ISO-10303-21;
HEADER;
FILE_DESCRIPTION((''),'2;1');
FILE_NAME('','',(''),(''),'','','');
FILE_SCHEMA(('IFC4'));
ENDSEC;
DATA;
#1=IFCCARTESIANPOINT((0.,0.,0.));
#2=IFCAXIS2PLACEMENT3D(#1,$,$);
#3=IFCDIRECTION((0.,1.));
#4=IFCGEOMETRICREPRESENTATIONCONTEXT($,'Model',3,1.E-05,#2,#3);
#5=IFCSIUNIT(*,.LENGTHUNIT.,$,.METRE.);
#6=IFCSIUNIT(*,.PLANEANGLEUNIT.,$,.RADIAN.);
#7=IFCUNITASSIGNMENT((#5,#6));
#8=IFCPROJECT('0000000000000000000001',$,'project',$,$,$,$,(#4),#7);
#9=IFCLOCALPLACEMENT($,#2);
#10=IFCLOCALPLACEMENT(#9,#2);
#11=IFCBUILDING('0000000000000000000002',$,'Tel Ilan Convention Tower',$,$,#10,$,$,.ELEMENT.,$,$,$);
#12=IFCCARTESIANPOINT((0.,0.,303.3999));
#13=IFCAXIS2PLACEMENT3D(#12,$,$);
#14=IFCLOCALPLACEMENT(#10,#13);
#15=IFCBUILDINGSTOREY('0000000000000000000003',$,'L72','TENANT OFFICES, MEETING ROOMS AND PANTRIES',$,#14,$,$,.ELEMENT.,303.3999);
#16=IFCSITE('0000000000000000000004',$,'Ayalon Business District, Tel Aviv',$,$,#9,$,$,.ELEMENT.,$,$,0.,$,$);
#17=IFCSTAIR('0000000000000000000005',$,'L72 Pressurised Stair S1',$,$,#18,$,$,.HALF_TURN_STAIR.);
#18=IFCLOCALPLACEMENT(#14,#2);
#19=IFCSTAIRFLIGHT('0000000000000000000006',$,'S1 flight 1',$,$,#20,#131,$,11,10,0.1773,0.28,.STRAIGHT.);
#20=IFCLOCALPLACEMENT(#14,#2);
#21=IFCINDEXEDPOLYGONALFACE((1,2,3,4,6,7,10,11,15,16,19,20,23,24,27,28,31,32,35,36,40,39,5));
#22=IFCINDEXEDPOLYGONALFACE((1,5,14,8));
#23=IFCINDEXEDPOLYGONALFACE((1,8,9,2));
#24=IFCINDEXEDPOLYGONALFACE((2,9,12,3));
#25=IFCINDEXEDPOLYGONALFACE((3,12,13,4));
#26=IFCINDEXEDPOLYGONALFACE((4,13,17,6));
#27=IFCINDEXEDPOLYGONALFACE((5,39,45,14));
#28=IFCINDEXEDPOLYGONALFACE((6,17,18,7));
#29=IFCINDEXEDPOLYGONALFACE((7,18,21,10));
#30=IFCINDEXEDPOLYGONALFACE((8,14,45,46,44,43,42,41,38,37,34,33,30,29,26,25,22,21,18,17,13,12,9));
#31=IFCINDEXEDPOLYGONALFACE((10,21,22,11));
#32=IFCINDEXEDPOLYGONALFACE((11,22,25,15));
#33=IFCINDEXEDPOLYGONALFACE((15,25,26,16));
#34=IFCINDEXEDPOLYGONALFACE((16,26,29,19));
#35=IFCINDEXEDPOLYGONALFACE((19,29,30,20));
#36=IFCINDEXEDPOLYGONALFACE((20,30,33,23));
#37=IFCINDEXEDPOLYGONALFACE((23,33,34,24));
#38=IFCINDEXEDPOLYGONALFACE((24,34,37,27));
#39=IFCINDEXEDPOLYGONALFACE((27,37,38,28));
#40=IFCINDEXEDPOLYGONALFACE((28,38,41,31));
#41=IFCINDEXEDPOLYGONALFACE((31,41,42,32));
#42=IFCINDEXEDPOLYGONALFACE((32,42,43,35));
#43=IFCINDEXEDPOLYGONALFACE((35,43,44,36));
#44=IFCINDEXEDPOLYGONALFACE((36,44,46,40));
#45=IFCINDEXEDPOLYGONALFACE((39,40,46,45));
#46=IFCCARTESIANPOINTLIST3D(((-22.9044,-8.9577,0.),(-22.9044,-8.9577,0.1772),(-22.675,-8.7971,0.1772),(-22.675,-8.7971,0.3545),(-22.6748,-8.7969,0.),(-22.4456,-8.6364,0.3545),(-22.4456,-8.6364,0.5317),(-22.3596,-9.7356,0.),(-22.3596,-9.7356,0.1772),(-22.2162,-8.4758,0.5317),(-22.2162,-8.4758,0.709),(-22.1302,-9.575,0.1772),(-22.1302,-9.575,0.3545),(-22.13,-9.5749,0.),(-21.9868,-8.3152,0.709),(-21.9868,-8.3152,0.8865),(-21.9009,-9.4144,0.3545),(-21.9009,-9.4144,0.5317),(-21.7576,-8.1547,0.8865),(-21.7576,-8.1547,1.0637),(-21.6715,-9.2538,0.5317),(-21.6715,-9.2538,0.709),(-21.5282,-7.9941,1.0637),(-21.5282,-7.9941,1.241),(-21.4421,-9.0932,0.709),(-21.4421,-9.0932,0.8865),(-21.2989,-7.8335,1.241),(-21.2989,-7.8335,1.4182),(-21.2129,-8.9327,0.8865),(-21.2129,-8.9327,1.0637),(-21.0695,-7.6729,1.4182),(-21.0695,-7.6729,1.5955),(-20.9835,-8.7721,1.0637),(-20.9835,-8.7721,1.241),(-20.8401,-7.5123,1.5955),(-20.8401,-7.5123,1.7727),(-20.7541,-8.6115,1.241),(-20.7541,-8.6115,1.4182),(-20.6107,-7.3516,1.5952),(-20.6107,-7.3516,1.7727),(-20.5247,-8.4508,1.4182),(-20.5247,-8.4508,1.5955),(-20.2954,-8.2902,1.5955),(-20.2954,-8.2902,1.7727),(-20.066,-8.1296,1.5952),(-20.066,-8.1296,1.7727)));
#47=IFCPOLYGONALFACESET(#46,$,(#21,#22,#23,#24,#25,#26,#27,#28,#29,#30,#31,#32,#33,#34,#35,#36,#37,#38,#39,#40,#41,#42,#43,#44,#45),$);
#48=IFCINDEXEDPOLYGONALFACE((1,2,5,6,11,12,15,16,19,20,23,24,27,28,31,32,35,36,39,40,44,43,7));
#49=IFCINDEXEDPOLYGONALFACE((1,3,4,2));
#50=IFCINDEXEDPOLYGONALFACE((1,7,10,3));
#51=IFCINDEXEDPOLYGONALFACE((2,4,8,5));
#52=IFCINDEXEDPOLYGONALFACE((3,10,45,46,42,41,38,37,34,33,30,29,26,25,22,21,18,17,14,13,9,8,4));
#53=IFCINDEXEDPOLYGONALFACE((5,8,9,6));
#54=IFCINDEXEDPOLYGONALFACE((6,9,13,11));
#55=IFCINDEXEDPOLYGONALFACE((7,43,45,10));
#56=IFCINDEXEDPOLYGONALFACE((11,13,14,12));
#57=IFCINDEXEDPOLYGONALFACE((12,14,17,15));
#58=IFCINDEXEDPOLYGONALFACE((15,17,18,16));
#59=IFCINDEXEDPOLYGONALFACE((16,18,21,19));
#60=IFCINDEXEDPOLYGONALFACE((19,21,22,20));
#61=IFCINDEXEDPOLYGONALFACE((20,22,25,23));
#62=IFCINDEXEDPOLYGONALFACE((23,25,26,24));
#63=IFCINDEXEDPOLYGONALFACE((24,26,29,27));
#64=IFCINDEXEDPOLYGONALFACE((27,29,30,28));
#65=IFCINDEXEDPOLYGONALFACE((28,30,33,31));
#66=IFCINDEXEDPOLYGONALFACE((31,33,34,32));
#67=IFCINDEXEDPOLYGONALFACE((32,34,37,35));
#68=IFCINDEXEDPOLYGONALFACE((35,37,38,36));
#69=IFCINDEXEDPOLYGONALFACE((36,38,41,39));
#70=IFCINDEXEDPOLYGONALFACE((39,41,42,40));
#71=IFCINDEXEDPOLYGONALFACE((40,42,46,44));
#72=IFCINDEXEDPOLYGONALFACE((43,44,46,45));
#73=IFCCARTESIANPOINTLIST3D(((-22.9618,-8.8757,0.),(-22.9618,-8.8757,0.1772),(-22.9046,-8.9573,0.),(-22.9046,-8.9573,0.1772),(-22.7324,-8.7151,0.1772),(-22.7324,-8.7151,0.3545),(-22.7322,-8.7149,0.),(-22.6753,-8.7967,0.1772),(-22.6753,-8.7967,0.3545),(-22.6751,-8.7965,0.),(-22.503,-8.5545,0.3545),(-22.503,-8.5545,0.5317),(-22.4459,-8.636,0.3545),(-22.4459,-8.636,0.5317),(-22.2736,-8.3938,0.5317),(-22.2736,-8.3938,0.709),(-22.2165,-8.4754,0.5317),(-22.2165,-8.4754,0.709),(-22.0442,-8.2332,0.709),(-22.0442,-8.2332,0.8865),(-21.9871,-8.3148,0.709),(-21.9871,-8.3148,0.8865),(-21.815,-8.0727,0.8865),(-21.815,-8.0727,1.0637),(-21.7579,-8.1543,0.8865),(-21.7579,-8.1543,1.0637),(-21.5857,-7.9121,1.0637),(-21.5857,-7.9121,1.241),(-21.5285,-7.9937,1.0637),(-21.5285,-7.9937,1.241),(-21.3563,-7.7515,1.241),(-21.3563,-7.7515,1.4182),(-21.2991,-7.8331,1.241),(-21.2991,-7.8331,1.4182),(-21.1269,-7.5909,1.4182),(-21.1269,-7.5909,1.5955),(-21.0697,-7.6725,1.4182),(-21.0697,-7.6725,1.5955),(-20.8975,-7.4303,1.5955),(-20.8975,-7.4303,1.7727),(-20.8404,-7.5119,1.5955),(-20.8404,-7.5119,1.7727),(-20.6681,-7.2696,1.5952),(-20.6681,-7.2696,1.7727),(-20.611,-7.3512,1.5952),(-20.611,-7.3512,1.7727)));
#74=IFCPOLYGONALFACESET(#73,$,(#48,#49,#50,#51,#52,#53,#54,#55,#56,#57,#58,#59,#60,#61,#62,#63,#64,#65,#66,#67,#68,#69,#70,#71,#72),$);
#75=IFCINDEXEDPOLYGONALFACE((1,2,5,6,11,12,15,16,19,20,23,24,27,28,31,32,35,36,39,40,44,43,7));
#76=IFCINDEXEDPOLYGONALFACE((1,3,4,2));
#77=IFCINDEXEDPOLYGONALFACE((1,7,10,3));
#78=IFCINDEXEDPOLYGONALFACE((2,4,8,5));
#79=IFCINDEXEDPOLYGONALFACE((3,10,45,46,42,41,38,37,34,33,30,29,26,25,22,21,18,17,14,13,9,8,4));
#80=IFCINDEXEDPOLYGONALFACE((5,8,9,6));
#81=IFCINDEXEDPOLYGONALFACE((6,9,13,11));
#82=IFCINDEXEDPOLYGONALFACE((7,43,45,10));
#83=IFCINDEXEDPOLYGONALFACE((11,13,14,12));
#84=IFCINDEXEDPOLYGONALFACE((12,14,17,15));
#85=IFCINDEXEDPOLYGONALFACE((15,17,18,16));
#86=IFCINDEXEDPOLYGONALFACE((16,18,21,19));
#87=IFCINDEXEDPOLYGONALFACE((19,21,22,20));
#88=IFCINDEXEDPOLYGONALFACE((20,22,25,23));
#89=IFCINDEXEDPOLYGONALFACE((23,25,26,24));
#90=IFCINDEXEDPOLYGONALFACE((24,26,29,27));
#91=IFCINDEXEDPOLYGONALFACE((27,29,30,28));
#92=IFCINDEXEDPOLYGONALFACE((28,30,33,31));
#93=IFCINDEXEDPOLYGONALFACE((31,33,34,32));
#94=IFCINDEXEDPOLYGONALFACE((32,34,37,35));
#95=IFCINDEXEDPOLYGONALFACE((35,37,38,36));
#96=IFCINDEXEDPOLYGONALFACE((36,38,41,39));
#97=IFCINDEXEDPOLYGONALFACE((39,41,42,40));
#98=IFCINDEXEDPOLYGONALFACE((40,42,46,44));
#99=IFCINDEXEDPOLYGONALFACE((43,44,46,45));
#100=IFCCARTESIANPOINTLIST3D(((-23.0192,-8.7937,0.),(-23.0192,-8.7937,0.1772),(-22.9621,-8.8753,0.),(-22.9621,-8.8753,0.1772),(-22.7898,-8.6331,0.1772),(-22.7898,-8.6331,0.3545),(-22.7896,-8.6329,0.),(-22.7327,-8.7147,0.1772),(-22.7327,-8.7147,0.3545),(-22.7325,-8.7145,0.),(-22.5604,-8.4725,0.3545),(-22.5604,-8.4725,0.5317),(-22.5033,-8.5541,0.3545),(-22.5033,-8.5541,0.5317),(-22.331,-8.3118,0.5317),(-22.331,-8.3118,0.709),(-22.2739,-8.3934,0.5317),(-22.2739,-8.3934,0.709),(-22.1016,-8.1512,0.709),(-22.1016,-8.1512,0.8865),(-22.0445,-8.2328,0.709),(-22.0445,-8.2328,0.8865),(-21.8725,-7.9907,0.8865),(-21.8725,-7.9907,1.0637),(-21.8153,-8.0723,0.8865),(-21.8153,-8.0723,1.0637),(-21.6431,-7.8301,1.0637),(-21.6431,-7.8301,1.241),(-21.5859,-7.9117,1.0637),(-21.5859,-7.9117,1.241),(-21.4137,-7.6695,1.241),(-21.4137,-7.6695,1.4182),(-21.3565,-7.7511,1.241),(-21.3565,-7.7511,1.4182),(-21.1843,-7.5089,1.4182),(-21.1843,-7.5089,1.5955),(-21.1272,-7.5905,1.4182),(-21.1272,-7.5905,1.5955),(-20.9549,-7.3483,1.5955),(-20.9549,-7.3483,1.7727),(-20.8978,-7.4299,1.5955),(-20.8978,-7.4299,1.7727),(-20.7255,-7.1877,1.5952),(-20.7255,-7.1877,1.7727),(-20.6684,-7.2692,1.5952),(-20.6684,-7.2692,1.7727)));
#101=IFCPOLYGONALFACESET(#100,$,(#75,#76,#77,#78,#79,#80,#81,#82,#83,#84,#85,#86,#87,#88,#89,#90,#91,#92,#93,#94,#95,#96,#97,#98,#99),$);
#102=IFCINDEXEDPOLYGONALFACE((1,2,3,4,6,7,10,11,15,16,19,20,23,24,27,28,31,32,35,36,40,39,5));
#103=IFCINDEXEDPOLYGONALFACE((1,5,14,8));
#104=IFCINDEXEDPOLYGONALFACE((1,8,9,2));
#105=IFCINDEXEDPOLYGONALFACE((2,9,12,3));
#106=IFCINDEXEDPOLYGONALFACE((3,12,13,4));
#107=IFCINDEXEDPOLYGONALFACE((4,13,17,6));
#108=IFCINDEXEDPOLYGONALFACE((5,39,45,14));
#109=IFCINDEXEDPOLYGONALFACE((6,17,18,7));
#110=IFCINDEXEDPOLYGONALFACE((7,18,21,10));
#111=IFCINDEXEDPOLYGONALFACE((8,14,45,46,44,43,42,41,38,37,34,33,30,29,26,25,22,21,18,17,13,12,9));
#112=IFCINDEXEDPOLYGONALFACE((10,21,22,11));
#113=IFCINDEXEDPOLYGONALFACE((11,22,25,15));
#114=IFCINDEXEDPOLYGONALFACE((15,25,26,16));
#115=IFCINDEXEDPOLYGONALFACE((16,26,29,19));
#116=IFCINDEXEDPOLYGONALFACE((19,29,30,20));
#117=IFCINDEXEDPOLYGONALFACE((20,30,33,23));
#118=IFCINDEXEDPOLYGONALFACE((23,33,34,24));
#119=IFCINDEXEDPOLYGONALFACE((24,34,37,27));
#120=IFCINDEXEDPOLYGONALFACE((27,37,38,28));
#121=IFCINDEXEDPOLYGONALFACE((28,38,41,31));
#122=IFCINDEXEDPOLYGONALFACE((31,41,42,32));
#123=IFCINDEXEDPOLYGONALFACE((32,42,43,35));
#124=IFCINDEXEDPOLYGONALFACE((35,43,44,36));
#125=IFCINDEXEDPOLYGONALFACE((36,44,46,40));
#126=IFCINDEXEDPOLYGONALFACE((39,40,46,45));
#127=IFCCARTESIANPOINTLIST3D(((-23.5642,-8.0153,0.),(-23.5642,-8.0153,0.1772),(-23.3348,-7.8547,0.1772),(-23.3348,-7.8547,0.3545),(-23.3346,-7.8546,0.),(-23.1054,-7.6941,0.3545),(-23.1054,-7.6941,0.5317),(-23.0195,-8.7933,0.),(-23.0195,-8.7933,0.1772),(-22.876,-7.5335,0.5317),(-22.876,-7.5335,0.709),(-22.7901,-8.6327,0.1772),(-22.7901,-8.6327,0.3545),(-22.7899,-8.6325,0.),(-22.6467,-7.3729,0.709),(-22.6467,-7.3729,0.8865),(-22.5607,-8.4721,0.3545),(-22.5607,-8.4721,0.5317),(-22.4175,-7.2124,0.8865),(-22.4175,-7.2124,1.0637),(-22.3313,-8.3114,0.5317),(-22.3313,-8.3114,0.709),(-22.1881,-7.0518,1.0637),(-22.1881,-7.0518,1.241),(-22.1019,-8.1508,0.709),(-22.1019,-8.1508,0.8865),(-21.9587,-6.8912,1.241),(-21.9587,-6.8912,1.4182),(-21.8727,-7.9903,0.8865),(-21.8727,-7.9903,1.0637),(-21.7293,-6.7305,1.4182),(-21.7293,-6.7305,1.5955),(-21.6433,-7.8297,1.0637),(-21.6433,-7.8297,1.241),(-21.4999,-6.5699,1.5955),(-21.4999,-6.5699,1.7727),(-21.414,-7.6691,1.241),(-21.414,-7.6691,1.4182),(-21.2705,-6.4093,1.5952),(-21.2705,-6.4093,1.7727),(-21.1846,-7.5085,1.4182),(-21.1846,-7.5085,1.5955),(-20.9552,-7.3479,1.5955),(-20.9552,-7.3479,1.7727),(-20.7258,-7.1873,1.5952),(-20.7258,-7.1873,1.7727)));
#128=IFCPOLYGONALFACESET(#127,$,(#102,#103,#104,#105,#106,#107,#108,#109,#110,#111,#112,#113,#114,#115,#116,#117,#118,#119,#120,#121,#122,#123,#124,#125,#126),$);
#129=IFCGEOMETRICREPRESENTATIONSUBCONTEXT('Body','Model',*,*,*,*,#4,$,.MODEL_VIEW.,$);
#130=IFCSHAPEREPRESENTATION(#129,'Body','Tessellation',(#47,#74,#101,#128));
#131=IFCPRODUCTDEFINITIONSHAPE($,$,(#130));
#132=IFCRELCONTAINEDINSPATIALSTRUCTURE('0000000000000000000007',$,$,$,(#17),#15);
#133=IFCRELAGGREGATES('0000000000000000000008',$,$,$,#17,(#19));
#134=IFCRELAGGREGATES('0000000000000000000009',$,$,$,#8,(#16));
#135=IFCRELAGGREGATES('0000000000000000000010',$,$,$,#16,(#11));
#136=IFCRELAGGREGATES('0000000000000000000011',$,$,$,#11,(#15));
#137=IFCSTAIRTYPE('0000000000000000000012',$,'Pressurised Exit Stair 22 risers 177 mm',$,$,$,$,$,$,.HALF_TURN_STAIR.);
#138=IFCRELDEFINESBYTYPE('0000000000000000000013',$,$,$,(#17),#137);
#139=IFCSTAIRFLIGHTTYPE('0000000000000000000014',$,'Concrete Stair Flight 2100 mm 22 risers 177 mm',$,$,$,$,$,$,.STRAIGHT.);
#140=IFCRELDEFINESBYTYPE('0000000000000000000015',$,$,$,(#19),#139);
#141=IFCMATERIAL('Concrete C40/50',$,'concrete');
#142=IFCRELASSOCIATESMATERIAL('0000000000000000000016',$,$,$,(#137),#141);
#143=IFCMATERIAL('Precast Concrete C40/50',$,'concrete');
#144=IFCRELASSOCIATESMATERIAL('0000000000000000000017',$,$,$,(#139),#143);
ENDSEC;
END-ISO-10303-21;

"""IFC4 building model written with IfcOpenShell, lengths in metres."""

from ifc_helpers import new_model, si_unit, direction, frame, origin, place, context, subcontext, project, spatial, polyline, outline, extrude, material, type_object, element, aggregate, save


model = new_model("IFC4")

# Units and contexts
model_context = context("Model", 3, precision=1e-05, world=origin(), true_north=direction((0.0, 1.0)))
body_context = subcontext(model_context, "Body", "Model", "MODEL_VIEW")
ifc_project = project(units=[si_unit("LENGTHUNIT", "METRE"), si_unit("PLANEANGLEUNIT", "RADIAN")], contexts=[model_context])

# Site, building, storey
site_placement = place(None, origin())
site = spatial("IfcSite", under=ifc_project, at=site_placement, Name="Ayalon Business District, Tel Aviv", CompositionType="ELEMENT", RefElevation=0.0)
building_placement = place(site_placement, origin())
building = spatial("IfcBuilding", under=site, at=building_placement, Name="Tel Ilan Convention Tower", CompositionType="ELEMENT")
storey_placement = place(building_placement, frame((0.0, 0.0, 303.3999)))
storey = spatial("IfcBuildingStorey", under=building, at=storey_placement, Name="L72", Description="TENANT OFFICES, MEETING ROOMS AND PANTRIES", CompositionType="ELEMENT", Elevation=303.3999)

# Stair, stair flight
ifc_material_1 = material(Name="Concrete C40/50", Category="concrete")
stair_type = type_object("IfcStairType", Name="Pressurised Exit Stair 22 risers 177 mm", PredefinedType="HALF_TURN_STAIR", material=ifc_material_1)
stair_1_placement = place(storey_placement, origin())
stair_1 = element("IfcStair", 1, at=stair_1_placement, inside=storey, type_object=stair_type, Name="L72 Pressurised Stair S1", PredefinedType="HALF_TURN_STAIR")
ifc_material_2 = material(Name="Precast Concrete C40/50", Category="concrete")
stair_flight_type = type_object("IfcStairFlightType", Name="Concrete Stair Flight 2100 mm 22 risers 177 mm", PredefinedType="STRAIGHT", material=ifc_material_2)
stair_flight_1_placement = place(storey_placement, frame((-22.9619, -8.8755, 0.0), z_axis=(0.0, 0.0, 1.0), x_axis=(0.819152, 0.573576, 0.0)))
stair_flight_1 = element("IfcStairFlight", 2, at=stair_flight_1_placement, type_object=stair_flight_type, Name="S1 flight 1", NumberOfRisers=11, NumberOfTreads=10, PredefinedType="STRAIGHT", RiserHeight=0.1773, TreadLength=0.28, context=body_context, shape_type="SweptSolid", body=[
    extrude(outline(polyline([(0.0, 0.0), (0.0, 0.1772), (0.28, 0.1772), (0.28, 0.3545), (0.5601, 0.3545), (0.5601, 0.5317), (0.8401, 0.5317), (0.8401, 0.709), (1.1201, 0.709), (1.1201, 0.8865), (1.3999, 0.8865), (1.3999, 1.0637), (1.6799, 1.0637), (1.6799, 1.241), (1.96, 1.241), (1.96, 1.4182), (2.24, 1.4182), (2.24, 1.5955), (2.52, 1.5955), (2.52, 1.7727), (2.8, 1.7727), (2.8, 1.95), (2.8, 1.5952), (0.2803, 0.0), (0.0, 0.0)])), frame((0.0, -0.1003, 0.0), z_axis=(0.0, -1.0, 0.0), x_axis=(1.0, 0.0, 0.0)), (0.0, 0.0, 1.0), 0.9497),
    extrude(outline(polyline([(0.0, 0.0), (0.0, 0.1772), (0.28, 0.1772), (0.28, 0.3545), (0.5601, 0.3545), (0.5601, 0.5317), (0.8401, 0.5317), (0.8401, 0.709), (1.1201, 0.709), (1.1201, 0.8865), (1.3999, 0.8865), (1.3999, 1.0637), (1.6799, 1.0637), (1.6799, 1.241), (1.96, 1.241), (1.96, 1.4182), (2.24, 1.4182), (2.24, 1.5955), (2.52, 1.5955), (2.52, 1.7727), (2.8, 1.7727), (2.8, 1.95), (2.8, 1.5952), (0.2803, 0.0), (0.0, 0.0)])), frame((0.0, -0.0002, 0.0), z_axis=(0.0, -1.0, 0.0), x_axis=(1.0, 0.0, 0.0)), (0.0, 0.0, 1.0), 0.0996),
    extrude(outline(polyline([(0.0, 0.0), (0.0, 0.1772), (0.28, 0.1772), (0.28, 0.3545), (0.5601, 0.3545), (0.5601, 0.5317), (0.8401, 0.5317), (0.8401, 0.709), (1.1201, 0.709), (1.1201, 0.8865), (1.3999, 0.8865), (1.3999, 1.0637), (1.6799, 1.0637), (1.6799, 1.241), (1.96, 1.241), (1.96, 1.4182), (2.24, 1.4182), (2.24, 1.5955), (2.52, 1.5955), (2.52, 1.7727), (2.8, 1.7727), (2.8, 1.95), (2.8, 1.5952), (0.2803, 0.0), (0.0, 0.0)])), frame((0.0, 0.0999, 0.0), z_axis=(0.0, -1.0, 0.0), x_axis=(1.0, 0.0, 0.0)), (0.0, 0.0, 1.0), 0.0996),
    extrude(outline(polyline([(0.0, 0.0), (0.0, 0.1772), (0.28, 0.1772), (0.28, 0.3545), (0.5601, 0.3545), (0.5601, 0.5317), (0.8401, 0.5317), (0.8401, 0.709), (1.1201, 0.709), (1.1201, 0.8865), (1.3999, 0.8865), (1.3999, 1.0637), (1.6799, 1.0637), (1.6799, 1.241), (1.96, 1.241), (1.96, 1.4182), (2.24, 1.4182), (2.24, 1.5955), (2.52, 1.5955), (2.52, 1.7727), (2.8, 1.7727), (2.8, 1.95), (2.8, 1.5952), (0.2803, 0.0), (0.0, 0.0)])), frame((0.0, 1.05, 0.0), z_axis=(0.0, -1.0, 0.0), x_axis=(1.0, 0.0, 0.0)), (0.0, 0.0, 1.0), 0.9497),
])
aggregate(stair_1, [stair_flight_1])

save(model, "model.ifc")
